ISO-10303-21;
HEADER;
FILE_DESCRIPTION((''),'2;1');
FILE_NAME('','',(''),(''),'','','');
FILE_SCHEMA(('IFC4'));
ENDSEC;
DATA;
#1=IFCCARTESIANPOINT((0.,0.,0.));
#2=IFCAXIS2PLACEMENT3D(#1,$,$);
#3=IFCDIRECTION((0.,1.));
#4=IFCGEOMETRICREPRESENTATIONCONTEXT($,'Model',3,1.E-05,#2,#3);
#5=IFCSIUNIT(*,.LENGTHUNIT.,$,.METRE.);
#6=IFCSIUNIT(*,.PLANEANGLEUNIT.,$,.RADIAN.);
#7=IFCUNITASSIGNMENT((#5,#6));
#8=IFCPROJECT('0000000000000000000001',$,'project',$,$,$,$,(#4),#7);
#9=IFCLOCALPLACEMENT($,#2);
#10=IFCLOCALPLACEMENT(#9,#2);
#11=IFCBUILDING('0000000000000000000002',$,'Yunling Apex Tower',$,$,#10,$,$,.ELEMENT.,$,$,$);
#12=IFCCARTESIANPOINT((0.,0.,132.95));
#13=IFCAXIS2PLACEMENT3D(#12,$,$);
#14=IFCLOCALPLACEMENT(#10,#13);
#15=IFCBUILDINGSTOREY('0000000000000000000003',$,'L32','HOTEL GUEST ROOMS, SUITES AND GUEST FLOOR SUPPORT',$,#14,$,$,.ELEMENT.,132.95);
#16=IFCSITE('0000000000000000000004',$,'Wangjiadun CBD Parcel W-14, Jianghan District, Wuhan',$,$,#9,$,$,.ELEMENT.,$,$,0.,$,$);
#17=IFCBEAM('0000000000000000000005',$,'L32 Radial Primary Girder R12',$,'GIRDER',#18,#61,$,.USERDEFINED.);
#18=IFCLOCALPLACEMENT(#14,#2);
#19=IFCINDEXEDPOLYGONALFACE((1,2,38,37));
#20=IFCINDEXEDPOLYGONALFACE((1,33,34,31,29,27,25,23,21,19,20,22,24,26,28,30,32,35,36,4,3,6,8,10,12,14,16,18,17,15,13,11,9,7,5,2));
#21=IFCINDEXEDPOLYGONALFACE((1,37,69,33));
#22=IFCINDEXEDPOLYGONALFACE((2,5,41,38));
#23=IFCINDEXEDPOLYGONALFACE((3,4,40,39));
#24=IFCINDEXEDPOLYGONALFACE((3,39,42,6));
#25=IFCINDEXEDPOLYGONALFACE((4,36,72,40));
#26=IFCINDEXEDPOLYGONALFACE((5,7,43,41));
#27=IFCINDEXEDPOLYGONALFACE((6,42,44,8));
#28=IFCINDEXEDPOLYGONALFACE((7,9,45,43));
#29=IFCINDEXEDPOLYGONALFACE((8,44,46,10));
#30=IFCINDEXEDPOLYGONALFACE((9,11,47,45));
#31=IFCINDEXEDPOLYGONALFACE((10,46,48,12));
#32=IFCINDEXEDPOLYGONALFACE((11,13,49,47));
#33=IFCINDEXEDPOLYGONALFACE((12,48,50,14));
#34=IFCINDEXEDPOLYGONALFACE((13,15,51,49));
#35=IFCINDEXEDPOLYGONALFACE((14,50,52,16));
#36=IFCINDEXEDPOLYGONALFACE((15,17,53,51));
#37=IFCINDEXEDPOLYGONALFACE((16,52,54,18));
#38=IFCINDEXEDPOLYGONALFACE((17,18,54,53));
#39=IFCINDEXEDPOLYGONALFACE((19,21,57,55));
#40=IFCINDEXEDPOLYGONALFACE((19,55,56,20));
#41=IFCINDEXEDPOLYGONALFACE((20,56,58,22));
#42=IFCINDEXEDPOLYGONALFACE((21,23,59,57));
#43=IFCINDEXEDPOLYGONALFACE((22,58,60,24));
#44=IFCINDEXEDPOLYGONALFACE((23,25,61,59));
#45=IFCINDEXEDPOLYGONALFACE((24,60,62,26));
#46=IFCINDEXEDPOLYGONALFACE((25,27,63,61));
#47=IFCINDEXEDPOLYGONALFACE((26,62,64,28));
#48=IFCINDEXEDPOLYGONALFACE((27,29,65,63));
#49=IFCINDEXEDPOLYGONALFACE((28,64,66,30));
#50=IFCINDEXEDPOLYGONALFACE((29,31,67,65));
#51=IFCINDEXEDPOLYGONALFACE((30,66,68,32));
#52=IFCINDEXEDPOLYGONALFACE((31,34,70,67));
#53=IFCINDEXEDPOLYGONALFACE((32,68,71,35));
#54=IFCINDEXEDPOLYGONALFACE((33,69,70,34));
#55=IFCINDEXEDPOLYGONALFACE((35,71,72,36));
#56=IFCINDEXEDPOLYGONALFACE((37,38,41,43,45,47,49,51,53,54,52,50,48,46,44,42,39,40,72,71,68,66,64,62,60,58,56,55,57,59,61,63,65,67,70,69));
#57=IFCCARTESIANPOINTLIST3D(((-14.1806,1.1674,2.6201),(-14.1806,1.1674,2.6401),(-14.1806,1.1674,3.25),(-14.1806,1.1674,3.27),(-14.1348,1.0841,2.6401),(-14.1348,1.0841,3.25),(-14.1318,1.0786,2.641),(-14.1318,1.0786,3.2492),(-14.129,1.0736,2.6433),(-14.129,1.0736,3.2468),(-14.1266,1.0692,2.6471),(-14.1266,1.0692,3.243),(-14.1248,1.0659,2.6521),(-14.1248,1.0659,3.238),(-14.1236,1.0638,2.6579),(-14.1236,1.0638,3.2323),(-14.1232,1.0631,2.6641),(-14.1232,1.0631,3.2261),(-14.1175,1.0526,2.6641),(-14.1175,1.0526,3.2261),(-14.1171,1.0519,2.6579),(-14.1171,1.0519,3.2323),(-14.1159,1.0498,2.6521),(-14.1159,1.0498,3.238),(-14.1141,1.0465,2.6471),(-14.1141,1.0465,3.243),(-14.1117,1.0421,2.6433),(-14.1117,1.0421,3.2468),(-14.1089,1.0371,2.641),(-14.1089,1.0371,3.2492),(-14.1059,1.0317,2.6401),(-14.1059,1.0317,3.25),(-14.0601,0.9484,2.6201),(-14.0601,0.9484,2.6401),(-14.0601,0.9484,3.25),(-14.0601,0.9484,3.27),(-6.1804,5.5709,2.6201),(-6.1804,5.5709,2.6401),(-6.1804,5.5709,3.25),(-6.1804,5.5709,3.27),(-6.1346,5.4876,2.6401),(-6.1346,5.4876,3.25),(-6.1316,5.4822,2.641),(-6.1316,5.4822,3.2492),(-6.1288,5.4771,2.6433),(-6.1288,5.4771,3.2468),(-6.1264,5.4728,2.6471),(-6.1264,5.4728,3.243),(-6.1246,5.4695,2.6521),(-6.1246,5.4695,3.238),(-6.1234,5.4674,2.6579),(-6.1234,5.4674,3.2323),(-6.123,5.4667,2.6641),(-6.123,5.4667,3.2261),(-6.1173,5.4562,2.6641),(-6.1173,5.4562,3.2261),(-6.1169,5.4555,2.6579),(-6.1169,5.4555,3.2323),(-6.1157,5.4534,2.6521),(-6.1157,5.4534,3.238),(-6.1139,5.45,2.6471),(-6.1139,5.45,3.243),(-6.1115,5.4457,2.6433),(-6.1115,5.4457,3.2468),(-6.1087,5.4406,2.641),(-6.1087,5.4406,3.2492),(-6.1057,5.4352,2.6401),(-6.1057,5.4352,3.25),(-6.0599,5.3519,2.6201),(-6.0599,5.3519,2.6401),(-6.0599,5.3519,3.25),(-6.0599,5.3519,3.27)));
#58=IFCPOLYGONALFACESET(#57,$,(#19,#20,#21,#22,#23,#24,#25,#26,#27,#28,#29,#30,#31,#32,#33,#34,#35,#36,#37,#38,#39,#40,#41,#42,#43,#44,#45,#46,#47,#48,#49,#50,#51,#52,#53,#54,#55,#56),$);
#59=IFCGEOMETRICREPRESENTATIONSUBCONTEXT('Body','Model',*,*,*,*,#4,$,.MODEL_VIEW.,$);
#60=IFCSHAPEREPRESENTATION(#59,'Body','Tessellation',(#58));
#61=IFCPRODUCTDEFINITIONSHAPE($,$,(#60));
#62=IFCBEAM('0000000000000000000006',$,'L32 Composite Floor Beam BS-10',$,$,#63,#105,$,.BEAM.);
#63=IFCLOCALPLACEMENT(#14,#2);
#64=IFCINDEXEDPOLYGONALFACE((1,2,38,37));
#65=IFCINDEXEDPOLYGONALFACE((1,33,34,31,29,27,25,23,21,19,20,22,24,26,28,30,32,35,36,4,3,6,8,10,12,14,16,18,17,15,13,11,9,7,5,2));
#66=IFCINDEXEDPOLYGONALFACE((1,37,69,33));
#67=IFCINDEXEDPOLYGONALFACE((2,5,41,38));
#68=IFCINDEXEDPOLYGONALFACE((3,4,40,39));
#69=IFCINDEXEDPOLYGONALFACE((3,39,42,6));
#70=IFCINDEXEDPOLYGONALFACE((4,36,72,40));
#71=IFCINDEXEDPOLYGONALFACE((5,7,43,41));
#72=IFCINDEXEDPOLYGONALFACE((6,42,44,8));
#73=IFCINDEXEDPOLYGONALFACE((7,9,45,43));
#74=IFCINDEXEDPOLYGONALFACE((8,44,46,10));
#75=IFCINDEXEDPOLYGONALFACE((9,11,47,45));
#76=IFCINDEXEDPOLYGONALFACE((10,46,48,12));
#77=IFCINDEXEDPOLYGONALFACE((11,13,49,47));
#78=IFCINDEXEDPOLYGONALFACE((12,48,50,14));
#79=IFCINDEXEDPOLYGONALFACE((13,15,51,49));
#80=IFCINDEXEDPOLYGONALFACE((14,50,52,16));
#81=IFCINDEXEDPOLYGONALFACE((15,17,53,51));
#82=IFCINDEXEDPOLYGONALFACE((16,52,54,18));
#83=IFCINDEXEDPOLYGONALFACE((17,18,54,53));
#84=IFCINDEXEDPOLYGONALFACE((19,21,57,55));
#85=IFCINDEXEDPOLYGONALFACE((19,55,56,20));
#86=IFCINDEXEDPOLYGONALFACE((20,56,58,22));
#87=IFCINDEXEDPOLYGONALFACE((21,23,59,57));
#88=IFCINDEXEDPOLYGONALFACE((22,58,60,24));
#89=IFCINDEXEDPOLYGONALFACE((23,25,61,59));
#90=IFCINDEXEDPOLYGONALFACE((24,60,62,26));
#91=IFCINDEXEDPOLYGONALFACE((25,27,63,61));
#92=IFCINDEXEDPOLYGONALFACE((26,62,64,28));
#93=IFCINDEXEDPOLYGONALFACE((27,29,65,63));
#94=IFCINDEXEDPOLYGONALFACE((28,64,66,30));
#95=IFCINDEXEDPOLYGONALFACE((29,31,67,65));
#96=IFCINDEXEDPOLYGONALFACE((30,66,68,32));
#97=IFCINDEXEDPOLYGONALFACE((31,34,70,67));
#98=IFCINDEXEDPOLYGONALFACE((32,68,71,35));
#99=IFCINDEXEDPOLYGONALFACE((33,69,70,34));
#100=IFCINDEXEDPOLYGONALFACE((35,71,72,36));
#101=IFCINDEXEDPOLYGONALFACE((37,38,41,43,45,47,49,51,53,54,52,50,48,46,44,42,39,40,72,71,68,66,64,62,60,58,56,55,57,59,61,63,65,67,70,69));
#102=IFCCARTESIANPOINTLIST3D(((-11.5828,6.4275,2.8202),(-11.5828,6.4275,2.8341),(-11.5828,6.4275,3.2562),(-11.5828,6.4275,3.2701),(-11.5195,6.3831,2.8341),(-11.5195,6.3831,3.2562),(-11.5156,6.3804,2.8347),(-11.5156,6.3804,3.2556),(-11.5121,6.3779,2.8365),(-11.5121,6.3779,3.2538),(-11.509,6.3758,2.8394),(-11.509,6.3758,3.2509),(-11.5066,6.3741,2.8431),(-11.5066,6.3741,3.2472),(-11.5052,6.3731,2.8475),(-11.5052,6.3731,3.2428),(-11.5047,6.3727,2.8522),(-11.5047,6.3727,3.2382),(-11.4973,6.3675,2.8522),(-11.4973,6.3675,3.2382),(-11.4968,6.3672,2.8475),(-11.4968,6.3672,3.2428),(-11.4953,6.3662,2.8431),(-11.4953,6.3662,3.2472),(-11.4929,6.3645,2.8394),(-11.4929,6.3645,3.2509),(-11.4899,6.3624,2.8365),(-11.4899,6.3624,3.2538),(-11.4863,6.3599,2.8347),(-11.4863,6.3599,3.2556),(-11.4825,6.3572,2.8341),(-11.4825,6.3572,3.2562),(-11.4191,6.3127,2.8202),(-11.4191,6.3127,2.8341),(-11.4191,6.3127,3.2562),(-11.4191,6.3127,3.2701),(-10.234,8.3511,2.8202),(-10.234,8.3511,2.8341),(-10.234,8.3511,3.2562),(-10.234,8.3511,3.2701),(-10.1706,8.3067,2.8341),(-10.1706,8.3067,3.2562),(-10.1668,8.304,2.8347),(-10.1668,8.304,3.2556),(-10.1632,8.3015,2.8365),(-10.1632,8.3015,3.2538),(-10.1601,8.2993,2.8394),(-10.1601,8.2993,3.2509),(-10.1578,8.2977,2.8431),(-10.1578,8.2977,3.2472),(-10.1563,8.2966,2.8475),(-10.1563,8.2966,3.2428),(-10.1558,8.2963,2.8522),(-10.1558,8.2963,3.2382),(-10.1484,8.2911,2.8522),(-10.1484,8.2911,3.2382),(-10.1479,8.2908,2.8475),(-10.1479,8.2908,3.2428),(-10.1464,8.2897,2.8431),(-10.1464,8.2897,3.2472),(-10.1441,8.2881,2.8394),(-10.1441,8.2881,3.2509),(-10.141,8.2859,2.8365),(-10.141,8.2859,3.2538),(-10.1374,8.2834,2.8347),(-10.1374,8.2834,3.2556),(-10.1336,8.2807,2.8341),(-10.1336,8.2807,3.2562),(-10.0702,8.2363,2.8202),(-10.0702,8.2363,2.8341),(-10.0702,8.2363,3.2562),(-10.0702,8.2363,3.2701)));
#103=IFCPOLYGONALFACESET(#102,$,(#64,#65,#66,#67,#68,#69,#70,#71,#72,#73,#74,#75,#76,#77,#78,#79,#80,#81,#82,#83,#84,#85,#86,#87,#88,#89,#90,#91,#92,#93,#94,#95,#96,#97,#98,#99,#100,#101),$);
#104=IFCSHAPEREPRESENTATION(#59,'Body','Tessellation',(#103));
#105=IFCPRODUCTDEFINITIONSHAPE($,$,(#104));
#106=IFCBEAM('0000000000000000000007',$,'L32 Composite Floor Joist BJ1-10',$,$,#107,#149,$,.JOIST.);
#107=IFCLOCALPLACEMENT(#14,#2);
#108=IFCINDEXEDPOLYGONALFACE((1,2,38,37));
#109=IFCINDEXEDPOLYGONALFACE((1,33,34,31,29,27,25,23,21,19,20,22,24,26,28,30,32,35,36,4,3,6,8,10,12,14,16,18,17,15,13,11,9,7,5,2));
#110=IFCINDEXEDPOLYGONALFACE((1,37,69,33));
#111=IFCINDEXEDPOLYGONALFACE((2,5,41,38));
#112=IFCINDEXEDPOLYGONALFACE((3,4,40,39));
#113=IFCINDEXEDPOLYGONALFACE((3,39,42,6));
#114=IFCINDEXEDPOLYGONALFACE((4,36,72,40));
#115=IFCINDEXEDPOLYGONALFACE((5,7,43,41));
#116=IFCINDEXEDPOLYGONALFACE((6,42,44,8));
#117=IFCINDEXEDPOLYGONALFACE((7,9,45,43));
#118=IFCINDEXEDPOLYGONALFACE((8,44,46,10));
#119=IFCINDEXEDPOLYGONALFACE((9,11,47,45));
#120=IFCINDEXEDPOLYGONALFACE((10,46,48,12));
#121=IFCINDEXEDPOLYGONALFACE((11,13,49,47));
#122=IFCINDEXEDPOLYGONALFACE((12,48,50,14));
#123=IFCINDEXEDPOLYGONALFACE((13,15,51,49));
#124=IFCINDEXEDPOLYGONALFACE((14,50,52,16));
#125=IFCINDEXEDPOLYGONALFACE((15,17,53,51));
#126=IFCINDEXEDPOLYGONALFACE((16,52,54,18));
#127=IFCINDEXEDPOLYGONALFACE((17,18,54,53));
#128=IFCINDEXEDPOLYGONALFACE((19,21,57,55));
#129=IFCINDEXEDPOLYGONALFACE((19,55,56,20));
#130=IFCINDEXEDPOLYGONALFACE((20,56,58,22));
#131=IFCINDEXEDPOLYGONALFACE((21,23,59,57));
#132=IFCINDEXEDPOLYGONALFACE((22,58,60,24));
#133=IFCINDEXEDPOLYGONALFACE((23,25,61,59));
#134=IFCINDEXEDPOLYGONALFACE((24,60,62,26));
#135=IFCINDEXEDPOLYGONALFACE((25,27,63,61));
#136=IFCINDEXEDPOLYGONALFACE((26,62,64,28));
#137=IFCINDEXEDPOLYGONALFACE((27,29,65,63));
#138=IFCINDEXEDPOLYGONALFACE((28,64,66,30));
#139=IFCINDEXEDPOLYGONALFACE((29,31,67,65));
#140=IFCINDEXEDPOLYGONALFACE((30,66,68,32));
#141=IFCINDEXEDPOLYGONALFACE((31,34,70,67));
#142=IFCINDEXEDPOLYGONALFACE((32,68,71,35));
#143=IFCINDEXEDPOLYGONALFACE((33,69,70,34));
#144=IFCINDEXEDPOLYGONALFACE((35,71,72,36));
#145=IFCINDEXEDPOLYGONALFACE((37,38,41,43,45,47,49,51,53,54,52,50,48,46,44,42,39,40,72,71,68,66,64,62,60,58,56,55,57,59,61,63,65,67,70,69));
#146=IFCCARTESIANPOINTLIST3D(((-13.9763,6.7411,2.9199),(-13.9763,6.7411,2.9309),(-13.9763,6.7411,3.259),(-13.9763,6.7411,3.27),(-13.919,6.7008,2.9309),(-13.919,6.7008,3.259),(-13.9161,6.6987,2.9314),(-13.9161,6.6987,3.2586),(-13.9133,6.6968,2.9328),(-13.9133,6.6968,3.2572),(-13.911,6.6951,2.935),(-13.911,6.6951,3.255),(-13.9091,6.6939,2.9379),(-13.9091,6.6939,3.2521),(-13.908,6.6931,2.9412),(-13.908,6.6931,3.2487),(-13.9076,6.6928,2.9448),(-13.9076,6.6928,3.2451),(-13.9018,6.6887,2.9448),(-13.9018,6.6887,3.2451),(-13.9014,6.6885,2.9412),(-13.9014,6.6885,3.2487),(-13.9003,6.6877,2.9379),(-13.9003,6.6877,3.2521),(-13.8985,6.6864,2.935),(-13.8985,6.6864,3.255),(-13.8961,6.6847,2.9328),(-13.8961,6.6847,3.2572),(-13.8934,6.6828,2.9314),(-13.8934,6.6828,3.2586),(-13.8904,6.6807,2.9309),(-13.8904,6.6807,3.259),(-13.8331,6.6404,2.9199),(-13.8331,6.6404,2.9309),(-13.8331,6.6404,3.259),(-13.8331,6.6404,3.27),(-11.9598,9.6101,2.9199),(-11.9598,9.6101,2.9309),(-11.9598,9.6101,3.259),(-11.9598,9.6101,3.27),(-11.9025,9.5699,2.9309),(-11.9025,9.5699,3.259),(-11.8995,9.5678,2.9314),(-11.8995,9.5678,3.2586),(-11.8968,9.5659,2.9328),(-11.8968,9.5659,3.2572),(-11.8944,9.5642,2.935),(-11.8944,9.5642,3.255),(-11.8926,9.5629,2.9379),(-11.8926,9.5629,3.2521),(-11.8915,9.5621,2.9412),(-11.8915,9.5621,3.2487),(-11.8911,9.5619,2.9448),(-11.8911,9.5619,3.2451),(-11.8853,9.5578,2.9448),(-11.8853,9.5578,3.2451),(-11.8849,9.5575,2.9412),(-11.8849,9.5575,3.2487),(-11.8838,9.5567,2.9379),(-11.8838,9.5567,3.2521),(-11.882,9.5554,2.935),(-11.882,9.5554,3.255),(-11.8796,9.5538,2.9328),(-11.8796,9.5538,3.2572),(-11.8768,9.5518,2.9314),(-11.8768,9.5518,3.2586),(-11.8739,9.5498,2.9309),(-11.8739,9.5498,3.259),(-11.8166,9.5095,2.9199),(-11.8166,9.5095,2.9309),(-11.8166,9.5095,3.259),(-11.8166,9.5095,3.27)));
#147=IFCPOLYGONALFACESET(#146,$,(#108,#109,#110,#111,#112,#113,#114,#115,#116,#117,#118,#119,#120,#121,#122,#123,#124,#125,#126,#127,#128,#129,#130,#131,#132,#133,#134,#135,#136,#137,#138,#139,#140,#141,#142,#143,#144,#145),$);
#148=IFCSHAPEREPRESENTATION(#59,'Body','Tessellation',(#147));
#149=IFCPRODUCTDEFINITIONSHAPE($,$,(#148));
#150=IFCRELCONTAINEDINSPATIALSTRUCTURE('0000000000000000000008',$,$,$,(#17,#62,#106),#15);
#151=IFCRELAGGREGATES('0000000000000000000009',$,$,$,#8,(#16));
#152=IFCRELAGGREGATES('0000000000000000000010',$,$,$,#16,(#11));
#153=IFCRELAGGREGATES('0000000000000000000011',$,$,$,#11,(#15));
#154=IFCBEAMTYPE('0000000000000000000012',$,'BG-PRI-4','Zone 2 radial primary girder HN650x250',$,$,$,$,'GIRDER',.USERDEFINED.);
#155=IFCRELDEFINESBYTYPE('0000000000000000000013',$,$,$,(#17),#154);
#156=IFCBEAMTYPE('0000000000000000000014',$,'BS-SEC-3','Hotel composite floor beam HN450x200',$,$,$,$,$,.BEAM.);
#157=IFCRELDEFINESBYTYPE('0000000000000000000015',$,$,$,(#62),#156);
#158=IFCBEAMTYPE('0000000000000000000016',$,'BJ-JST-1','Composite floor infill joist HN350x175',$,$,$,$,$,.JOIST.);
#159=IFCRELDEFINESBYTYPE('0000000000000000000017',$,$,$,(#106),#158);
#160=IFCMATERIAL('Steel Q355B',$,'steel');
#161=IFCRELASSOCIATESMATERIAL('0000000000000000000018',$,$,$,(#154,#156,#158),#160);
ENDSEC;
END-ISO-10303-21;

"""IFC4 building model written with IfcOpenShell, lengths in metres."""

from ifc_helpers import new_model, si_unit, direction, frame, origin, origin_2d, place, context, subcontext, project, spatial, i_section, extrude, source, transform, mapped, material, material_profile, profile_set, type_object, element, save


model = new_model("IFC4")

# Units and contexts
model_context = context("Model", 3, precision=1e-05, world=origin(), true_north=direction((0.0, 1.0)))
body_context = subcontext(model_context, "Body", "Model", "MODEL_VIEW")
ifc_project = project(units=[si_unit("LENGTHUNIT", "METRE"), si_unit("PLANEANGLEUNIT", "RADIAN")], contexts=[model_context])

# Site, building, storey
site_placement = place(None, origin())
site = spatial("IfcSite", under=ifc_project, at=site_placement, Name="Wangjiadun CBD Parcel W-14, Jianghan District, Wuhan", CompositionType="ELEMENT", RefElevation=0.0)
building_placement = place(site_placement, origin())
building = spatial("IfcBuilding", under=site, at=building_placement, Name="Yunling Apex Tower", CompositionType="ELEMENT")
storey_placement = place(building_placement, frame((0.0, 0.0, 132.95)))
storey = spatial("IfcBuildingStorey", under=building, at=storey_placement, Name="L32", Description="HOTEL GUEST ROOMS, SUITES AND GUEST FLOOR SUPPORT", CompositionType="ELEMENT", Elevation=132.95)

# Beams
ifc_material_1 = material(Name="Steel Q355B", Category="steel")
ifc_material_profile_1 = material_profile(ifc_material_1, i_section(OverallWidth=0.25, OverallDepth=0.6499, WebThickness=0.012, FlangeThickness=0.02, FilletRadius=0.0239, at=origin_2d()))
ifc_profile_set_1 = profile_set([ifc_material_profile_1], Name="Steel Q355B")
beam_type_1 = type_object("IfcBeamType", Name="BG-PRI-4", Description="Zone 2 radial primary girder HN650x250", ElementType="GIRDER", PredefinedType="USERDEFINED", material=ifc_profile_set_1)
shared_shape_1 = source(origin(), body_context, "Body", "SweptSolid", [
    extrude(i_section(OverallWidth=0.25, OverallDepth=0.6499, WebThickness=0.012, FlangeThickness=0.02, FilletRadius=0.0239, at=origin_2d()), origin(), (0.0, 0.0, 1.0), 9.1321),
])
beam_1_placement = place(storey_placement, frame((-14.1204, 1.0579, 2.9451), z_axis=(0.876057, 0.482207, 0.0), x_axis=(-0.482207, 0.876057, 0.0)))
element("IfcBeam", 1, at=beam_1_placement, inside=storey, type_object=beam_type_1, Name="L32 Radial Primary Girder R12", ObjectType="GIRDER", PredefinedType="USERDEFINED", context=body_context, shape_type="MappedRepresentation", body=[
    mapped(shared_shape_1, transform((0.0, 0.0, 0.0), scale=1.0)),
])
ifc_material_profile_2 = material_profile(ifc_material_1, i_section(OverallWidth=0.2, OverallDepth=0.45, WebThickness=0.009, FlangeThickness=0.0139, FilletRadius=0.0181, at=origin_2d()))
ifc_profile_set_2 = profile_set([ifc_material_profile_2], Name="Steel Q355B")
beam_type_2 = type_object("IfcBeamType", Name="BS-SEC-3", Description="Hotel composite floor beam HN450x200", PredefinedType="BEAM", material=ifc_profile_set_2)
shared_shape_2 = source(origin(), body_context, "Body", "SweptSolid", [
    extrude(i_section(OverallWidth=0.2, OverallDepth=0.45, WebThickness=0.009, FlangeThickness=0.0139, FilletRadius=0.0181, at=origin_2d()), origin(), (0.0, 0.0, 1.0), 2.3494),
])
beam_2_placement = place(storey_placement, frame((-10.1521, 8.2937, 3.0452), z_axis=(-0.574139, -0.818758, 0.0), x_axis=(0.818758, -0.574139, 0.0)))
element("IfcBeam", 2, at=beam_2_placement, inside=storey, type_object=beam_type_2, Name="L32 Composite Floor Beam BS-10", PredefinedType="BEAM", context=body_context, shape_type="MappedRepresentation", body=[
    mapped(shared_shape_2, transform((0.0, 0.0, 0.0), scale=1.0)),
])
ifc_material_profile_3 = material_profile(ifc_material_1, i_section(OverallWidth=0.175, OverallDepth=0.3501, WebThickness=0.0071, FlangeThickness=0.011, FilletRadius=0.0139, at=origin_2d()))
ifc_profile_set_3 = profile_set([ifc_material_profile_3], Name="Steel Q355B")
beam_type_3 = type_object("IfcBeamType", Name="BJ-JST-1", Description="Composite floor infill joist HN350x175", PredefinedType="JOIST", material=ifc_profile_set_3)
shared_shape_3 = source(origin(), body_context, "Body", "SweptSolid", [
    extrude(i_section(OverallWidth=0.175, OverallDepth=0.3501, WebThickness=0.0071, FlangeThickness=0.011, FilletRadius=0.0139, at=origin_2d()), origin(), (0.0, 0.0, 1.0), 3.5068),
])
beam_3_placement = place(storey_placement, frame((-11.8882, 9.5598, 3.095), z_axis=(-0.575031, -0.818132, 0.0), x_axis=(0.818132, -0.575031, 0.0)))
element("IfcBeam", 3, at=beam_3_placement, inside=storey, type_object=beam_type_3, Name="L32 Composite Floor Joist BJ1-10", PredefinedType="JOIST", context=body_context, shape_type="MappedRepresentation", body=[
    mapped(shared_shape_3, transform((0.0, 0.0, 0.0), scale=1.0)),
])

save(model, "model.ifc")
